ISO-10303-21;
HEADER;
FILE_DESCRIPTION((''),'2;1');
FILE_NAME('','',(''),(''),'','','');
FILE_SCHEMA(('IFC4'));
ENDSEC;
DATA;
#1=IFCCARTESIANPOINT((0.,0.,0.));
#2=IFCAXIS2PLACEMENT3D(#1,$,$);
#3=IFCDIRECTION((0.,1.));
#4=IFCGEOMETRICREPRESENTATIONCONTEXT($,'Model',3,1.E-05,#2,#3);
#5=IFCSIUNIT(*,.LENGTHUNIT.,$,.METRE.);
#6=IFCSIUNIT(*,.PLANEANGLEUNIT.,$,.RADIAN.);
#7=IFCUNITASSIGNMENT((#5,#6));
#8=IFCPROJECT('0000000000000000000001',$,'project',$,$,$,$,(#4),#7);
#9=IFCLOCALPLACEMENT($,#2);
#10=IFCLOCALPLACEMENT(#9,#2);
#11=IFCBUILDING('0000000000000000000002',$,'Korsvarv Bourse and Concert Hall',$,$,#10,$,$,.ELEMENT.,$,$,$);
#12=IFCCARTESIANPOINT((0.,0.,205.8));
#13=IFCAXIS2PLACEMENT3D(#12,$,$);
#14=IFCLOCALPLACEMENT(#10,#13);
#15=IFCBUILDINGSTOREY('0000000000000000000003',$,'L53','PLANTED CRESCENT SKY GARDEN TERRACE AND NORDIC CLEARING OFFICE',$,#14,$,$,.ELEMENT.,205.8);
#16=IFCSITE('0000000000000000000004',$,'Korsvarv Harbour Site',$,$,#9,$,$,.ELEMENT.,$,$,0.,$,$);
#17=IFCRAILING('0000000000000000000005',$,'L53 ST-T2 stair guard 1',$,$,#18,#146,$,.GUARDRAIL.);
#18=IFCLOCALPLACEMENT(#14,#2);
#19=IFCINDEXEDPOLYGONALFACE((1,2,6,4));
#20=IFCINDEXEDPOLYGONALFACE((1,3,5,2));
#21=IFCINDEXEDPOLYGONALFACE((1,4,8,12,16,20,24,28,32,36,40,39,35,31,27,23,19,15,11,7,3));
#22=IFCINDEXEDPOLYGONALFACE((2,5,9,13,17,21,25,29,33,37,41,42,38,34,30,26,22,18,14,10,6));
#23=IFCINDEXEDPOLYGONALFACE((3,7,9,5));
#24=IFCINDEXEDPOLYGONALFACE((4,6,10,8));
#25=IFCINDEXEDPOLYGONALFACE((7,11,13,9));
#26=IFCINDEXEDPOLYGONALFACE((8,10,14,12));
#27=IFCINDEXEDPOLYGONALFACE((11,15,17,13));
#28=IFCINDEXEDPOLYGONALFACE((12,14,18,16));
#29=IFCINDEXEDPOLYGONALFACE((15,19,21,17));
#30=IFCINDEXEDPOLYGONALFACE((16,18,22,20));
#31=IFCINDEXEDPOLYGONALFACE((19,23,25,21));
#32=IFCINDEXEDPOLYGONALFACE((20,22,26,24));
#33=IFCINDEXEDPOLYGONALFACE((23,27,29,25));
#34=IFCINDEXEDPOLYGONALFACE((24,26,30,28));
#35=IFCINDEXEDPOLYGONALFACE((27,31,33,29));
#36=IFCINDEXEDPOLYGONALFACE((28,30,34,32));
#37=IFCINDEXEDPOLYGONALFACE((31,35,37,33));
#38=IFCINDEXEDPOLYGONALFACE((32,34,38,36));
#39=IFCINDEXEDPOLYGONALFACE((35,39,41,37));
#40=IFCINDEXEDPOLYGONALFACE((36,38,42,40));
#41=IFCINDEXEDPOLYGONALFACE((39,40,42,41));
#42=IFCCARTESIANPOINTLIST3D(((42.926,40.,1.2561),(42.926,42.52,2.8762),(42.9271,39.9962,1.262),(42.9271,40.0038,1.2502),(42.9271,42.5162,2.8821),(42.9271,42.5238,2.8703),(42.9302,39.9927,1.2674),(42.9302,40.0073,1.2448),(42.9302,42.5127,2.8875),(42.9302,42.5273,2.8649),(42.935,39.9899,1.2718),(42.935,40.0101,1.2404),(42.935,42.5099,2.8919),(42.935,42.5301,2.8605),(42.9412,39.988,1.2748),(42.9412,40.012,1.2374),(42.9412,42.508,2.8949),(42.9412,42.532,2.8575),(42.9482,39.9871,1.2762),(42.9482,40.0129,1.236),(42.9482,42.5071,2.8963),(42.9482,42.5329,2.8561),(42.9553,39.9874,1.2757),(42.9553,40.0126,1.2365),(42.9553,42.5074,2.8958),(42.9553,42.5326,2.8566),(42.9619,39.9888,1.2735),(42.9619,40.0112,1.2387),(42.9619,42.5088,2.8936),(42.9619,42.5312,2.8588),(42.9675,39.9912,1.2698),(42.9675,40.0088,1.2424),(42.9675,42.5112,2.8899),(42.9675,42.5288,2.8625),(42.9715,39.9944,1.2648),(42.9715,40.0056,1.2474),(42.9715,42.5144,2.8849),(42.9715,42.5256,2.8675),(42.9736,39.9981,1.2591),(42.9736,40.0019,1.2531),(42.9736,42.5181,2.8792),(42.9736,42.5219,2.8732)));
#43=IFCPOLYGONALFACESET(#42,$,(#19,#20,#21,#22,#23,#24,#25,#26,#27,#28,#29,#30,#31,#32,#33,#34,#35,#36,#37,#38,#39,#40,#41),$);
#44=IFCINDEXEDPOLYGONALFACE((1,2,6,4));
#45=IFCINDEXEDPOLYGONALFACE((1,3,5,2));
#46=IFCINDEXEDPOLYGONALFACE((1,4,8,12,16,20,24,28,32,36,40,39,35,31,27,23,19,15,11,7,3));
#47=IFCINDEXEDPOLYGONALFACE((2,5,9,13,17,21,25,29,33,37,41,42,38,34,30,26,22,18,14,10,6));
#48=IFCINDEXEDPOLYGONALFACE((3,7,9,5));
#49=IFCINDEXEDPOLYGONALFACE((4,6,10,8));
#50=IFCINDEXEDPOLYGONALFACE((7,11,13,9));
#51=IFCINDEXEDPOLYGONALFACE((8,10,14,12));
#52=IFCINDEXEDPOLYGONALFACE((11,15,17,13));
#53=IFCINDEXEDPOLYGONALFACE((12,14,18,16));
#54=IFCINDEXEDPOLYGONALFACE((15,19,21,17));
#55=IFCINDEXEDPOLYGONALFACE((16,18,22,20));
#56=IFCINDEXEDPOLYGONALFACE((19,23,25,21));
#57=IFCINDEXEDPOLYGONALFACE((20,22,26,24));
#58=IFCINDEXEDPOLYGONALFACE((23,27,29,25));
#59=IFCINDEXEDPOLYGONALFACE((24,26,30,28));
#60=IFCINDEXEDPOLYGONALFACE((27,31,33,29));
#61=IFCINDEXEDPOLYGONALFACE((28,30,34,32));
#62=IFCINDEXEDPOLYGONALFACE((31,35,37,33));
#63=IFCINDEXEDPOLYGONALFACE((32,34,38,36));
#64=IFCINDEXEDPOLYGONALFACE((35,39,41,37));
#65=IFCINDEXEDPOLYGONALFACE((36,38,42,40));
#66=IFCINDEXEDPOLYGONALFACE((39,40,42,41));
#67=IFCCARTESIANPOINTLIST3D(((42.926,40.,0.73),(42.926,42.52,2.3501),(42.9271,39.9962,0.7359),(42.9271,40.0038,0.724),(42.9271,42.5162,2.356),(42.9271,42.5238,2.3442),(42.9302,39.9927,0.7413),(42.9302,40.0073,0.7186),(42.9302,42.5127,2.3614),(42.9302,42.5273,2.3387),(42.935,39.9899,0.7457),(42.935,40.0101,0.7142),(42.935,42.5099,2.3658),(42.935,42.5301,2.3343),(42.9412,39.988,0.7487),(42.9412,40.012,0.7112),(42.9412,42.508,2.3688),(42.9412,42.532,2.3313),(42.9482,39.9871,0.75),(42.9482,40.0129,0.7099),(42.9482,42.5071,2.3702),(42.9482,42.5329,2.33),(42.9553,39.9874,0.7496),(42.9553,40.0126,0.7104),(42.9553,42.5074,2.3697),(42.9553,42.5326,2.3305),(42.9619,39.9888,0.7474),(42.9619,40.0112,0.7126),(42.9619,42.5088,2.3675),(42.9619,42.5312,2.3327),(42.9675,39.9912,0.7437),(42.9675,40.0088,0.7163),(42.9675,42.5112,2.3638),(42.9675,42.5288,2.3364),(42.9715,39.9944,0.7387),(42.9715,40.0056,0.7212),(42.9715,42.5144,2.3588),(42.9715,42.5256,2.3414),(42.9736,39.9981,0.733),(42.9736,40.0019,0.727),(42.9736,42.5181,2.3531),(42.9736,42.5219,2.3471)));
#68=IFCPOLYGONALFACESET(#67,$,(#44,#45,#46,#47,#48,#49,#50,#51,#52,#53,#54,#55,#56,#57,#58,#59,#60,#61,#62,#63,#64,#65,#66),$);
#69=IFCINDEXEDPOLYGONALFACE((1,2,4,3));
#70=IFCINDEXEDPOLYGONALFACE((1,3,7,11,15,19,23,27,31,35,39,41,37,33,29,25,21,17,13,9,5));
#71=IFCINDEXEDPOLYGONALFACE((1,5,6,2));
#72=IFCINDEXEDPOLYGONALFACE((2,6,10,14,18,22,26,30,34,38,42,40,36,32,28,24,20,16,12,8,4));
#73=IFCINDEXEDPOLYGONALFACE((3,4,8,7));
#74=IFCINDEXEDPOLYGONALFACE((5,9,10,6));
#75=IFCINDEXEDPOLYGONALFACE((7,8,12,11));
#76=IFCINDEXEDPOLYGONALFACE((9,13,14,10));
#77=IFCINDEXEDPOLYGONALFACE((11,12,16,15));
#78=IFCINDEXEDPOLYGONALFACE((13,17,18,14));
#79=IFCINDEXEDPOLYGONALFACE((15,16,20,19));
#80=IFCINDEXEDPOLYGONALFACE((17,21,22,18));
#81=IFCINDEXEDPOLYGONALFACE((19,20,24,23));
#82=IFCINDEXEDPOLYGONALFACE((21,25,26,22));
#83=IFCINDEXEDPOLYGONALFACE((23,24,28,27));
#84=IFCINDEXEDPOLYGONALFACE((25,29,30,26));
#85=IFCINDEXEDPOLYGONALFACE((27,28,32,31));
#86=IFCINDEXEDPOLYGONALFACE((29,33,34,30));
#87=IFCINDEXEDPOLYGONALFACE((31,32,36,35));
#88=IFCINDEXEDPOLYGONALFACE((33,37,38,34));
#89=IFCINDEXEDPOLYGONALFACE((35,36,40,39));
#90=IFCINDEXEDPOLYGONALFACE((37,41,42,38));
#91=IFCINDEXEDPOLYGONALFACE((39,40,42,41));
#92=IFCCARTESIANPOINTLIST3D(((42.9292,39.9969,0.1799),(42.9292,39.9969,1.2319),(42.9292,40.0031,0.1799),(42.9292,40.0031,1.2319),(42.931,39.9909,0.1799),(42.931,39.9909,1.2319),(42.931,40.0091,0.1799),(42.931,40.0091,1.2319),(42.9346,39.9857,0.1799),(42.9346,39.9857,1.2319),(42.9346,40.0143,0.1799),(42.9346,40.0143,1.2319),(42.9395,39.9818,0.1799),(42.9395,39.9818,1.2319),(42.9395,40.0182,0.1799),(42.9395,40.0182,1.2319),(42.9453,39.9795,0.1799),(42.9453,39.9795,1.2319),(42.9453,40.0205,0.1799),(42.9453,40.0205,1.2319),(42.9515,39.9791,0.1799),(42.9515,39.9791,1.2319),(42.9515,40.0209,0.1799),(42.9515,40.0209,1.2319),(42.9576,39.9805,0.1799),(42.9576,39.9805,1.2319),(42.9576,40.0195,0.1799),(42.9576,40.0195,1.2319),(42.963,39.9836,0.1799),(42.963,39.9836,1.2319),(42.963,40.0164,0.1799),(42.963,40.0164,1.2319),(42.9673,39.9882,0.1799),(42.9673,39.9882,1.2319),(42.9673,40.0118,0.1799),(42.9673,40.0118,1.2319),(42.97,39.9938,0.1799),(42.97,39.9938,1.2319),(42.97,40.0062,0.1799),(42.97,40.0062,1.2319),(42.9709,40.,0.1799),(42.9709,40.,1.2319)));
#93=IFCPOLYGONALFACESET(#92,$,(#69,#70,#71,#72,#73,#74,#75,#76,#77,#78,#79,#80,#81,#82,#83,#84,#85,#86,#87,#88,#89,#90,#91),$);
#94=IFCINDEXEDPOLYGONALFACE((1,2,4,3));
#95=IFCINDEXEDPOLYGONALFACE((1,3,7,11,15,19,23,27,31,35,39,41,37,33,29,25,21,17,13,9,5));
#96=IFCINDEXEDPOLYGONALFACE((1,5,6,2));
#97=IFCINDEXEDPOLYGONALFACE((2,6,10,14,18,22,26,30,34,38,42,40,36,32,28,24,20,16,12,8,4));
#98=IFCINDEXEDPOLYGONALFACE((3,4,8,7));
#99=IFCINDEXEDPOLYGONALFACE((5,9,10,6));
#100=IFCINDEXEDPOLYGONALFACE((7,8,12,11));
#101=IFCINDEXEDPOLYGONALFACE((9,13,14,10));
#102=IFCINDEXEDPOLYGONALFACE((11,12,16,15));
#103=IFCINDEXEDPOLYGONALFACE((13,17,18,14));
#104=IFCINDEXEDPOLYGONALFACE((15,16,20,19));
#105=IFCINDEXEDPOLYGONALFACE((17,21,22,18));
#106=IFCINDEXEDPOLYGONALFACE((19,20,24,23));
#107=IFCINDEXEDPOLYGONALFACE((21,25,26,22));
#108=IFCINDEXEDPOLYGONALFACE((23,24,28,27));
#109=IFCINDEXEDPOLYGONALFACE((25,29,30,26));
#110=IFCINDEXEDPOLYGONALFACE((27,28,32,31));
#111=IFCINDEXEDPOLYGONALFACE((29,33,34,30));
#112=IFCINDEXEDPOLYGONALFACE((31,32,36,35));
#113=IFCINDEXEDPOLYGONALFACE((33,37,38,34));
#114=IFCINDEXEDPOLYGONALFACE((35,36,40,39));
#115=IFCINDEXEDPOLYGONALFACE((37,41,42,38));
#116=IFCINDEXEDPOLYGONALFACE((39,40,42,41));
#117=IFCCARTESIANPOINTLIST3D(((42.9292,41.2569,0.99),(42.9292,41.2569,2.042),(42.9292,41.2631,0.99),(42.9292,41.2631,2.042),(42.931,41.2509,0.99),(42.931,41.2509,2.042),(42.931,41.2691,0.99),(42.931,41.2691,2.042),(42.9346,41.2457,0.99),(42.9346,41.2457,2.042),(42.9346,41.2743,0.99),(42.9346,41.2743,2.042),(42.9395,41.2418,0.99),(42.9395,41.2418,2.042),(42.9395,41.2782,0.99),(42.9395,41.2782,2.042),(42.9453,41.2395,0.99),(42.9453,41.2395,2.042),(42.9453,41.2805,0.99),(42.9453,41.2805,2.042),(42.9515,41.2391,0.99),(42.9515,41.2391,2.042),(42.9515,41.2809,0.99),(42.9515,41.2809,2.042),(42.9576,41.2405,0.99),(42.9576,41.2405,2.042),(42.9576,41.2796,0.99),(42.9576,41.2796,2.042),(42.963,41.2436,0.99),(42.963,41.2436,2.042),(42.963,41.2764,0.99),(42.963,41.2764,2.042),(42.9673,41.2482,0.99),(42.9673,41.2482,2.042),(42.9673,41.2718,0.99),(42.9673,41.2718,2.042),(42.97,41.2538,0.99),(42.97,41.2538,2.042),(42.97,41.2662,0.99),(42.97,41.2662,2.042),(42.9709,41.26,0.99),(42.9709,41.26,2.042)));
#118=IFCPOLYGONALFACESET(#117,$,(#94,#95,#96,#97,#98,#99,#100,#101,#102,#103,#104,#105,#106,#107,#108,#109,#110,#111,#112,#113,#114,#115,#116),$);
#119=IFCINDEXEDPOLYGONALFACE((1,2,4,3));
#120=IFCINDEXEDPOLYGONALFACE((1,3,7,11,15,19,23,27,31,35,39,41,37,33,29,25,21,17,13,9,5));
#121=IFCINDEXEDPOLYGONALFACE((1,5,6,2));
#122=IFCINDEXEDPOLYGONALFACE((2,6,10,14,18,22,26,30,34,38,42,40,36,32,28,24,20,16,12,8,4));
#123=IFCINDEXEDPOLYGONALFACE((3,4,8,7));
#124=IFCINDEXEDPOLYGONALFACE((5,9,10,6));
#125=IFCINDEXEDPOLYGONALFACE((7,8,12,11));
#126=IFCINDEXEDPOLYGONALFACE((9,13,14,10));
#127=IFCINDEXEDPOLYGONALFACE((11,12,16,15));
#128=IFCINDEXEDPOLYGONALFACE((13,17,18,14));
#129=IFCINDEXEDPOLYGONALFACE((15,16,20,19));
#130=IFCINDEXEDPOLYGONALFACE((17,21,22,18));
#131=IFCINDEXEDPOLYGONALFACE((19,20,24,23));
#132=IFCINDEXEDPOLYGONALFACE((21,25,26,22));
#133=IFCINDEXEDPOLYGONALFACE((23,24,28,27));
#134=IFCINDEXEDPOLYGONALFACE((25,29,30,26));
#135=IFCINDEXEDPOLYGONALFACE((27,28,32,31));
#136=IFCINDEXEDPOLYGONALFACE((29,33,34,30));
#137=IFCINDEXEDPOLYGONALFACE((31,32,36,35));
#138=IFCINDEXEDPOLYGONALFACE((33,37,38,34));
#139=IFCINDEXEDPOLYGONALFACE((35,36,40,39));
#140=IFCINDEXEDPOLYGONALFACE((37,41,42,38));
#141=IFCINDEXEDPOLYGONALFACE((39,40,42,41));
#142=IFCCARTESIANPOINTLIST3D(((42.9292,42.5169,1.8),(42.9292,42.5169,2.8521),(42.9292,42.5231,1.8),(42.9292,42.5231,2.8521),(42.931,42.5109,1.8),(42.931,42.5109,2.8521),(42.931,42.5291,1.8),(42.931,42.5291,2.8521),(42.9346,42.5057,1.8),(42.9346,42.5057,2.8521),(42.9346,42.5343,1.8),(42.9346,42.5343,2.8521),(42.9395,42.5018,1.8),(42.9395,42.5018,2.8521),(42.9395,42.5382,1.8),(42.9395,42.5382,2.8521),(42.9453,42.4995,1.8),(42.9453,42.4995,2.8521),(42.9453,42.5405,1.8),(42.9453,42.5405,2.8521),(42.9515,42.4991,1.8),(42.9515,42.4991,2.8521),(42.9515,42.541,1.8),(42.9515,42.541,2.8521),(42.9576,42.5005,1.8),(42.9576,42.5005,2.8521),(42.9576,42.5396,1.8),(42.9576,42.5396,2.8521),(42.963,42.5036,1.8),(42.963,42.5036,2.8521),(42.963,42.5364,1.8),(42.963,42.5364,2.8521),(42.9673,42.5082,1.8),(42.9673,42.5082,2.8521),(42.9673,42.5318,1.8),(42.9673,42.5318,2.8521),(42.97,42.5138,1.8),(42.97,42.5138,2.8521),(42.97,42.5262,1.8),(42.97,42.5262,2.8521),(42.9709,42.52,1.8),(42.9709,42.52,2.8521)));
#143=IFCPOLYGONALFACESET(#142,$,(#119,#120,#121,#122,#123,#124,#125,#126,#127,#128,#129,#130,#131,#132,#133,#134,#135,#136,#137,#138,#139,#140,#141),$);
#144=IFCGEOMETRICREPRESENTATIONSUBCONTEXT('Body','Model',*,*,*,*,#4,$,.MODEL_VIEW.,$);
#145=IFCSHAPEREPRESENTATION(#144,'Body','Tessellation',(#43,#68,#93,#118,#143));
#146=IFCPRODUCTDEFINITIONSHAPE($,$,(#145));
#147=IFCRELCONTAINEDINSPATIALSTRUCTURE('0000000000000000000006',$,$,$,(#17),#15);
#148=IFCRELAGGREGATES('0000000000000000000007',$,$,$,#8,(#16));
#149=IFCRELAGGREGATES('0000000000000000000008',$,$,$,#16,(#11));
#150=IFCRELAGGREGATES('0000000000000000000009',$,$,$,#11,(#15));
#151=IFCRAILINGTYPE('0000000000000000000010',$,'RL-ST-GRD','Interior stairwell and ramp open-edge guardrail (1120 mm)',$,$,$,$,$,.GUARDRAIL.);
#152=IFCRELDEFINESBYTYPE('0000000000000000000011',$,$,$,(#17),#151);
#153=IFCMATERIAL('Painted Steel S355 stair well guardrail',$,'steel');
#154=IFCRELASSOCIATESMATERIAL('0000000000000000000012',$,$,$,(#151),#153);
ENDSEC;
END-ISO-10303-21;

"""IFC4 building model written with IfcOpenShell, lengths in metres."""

from ifc_helpers import new_model, si_unit, direction, frame, origin, origin_2d, place, context, subcontext, project, spatial, circle, extrude, material, type_object, element, save


model = new_model("IFC4")

# Units and contexts
model_context = context("Model", 3, precision=1e-05, world=origin(), true_north=direction((0.0, 1.0)))
body_context = subcontext(model_context, "Body", "Model", "MODEL_VIEW")
ifc_project = project(units=[si_unit("LENGTHUNIT", "METRE"), si_unit("PLANEANGLEUNIT", "RADIAN")], contexts=[model_context])

# Site, building, storey
site_placement = place(None, origin())
site = spatial("IfcSite", under=ifc_project, at=site_placement, Name="Korsvarv Harbour Site", CompositionType="ELEMENT", RefElevation=0.0)
building_placement = place(site_placement, origin())
building = spatial("IfcBuilding", under=site, at=building_placement, Name="Korsvarv Bourse and Concert Hall", CompositionType="ELEMENT")
storey_placement = place(building_placement, frame((0.0, 0.0, 205.8)))
storey = spatial("IfcBuildingStorey", under=building, at=storey_placement, Name="L53", Description="PLANTED CRESCENT SKY GARDEN TERRACE AND NORDIC CLEARING OFFICE", CompositionType="ELEMENT", Elevation=205.8)

# Railing
ifc_material_1 = material(Name="Painted Steel S355 stair well guardrail", Category="steel")
railing_type_1 = type_object("IfcRailingType", Name="RL-ST-GRD", Description="Interior stairwell and ramp open-edge guardrail (1120 mm)", PredefinedType="GUARDRAIL", material=ifc_material_1)
railing_1_placement = place(storey_placement, frame((42.95, 40.0, 0.1799)))
element("IfcRailing", 1, at=railing_1_placement, inside=storey, type_object=railing_type_1, Name="L53 ST-T2 stair guard 1", PredefinedType="GUARDRAIL", context=body_context, shape_type="SweptSolid", body=[
    extrude(circle(Radius=0.0239, at=origin_2d()), frame((0.0, 0.0, 1.0762), z_axis=(0.0, 0.841163, 0.540782), x_axis=(-1.0, 0.0, 0.0)), (0.0, 0.0, 1.0), 2.9958),
    extrude(circle(Radius=0.0239, at=origin_2d()), frame((0.0, 0.0, 0.55), z_axis=(0.0, 0.841163, 0.540782), x_axis=(-1.0, 0.0, 0.0)), (0.0, 0.0, 1.0), 2.9958),
    extrude(circle(Radius=0.021, at=origin_2d()), origin(), (0.0, 0.0, 1.0), 1.052),
    extrude(circle(Radius=0.021, at=origin_2d()), frame((0.0, 1.26, 0.8101)), (0.0, 0.0, 1.0), 1.052),
    extrude(circle(Radius=0.021, at=origin_2d()), frame((0.0, 2.52, 1.6201)), (0.0, 0.0, 1.0), 1.052),
])

save(model, "model.ifc")
